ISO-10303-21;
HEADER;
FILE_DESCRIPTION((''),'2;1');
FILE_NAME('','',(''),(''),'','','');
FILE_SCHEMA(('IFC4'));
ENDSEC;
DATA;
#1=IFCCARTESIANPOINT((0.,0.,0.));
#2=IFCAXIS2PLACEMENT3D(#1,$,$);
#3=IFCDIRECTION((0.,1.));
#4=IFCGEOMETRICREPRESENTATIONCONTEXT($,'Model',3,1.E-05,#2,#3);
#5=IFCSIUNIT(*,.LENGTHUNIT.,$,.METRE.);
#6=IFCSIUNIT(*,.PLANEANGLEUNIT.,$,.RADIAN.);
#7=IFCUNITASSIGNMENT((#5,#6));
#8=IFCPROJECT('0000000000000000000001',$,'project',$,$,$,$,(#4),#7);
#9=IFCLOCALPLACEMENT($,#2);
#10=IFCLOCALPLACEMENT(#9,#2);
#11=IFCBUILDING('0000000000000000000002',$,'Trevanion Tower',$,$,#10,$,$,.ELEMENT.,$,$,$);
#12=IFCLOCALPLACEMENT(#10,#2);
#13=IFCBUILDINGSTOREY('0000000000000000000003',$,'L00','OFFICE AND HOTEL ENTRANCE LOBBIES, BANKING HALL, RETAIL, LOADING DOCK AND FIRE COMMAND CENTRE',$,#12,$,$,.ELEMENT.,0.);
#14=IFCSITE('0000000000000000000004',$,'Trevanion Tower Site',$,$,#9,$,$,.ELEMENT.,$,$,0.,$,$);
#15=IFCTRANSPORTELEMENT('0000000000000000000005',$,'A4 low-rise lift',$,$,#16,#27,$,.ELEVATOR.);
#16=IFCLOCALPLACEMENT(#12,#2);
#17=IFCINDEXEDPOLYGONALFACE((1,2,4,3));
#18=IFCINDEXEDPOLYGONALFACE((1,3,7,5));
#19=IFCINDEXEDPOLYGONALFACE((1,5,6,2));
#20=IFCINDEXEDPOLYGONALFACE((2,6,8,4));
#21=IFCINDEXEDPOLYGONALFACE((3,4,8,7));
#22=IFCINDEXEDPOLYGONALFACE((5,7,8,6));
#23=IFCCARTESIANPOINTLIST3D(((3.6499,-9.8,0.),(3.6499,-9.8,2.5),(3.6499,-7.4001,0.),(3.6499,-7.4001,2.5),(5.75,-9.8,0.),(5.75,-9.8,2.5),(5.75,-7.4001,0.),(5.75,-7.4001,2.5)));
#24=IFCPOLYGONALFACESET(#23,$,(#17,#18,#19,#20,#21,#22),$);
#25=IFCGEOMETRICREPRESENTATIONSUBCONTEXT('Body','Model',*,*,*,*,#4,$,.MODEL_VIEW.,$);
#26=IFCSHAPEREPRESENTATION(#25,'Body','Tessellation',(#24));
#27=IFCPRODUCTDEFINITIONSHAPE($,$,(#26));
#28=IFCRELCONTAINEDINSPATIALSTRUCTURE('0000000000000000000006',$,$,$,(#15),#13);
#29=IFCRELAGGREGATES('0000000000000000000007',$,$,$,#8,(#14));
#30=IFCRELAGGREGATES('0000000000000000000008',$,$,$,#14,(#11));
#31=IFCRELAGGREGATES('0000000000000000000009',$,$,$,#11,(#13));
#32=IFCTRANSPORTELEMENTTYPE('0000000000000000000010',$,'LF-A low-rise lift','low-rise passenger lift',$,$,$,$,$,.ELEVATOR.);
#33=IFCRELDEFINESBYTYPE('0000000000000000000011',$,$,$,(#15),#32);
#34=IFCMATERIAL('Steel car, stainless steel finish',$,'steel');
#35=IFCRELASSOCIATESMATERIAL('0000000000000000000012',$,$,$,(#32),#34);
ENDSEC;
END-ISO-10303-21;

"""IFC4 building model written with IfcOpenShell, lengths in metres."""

from ifc_helpers import new_model, si_unit, direction, frame, origin, origin_2d, place, context, subcontext, project, spatial, rectangle, extrude, material, type_object, element, save


model = new_model("IFC4")

# Units and contexts
model_context = context("Model", 3, precision=1e-05, world=origin(), true_north=direction((0.0, 1.0)))
body_context = subcontext(model_context, "Body", "Model", "MODEL_VIEW")
ifc_project = project(units=[si_unit("LENGTHUNIT", "METRE"), si_unit("PLANEANGLEUNIT", "RADIAN")], contexts=[model_context])

# Site, building, storey
site_placement = place(None, origin())
site = spatial("IfcSite", under=ifc_project, at=site_placement, Name="Trevanion Tower Site", CompositionType="ELEMENT", RefElevation=0.0)
building_placement = place(site_placement, origin())
building = spatial("IfcBuilding", under=site, at=building_placement, Name="Trevanion Tower", CompositionType="ELEMENT")
storey_placement = place(building_placement, origin())
storey = spatial("IfcBuildingStorey", under=building, at=storey_placement, Name="L00", Description="OFFICE AND HOTEL ENTRANCE LOBBIES, BANKING HALL, RETAIL, LOADING DOCK AND FIRE COMMAND CENTRE", CompositionType="ELEMENT", Elevation=0.0)

# Transport element
ifc_material_1 = material(Name="Steel car, stainless steel finish", Category="steel")
transport_element_type = type_object("IfcTransportElementType", Name="LF-A low-rise lift", Description="low-rise passenger lift", PredefinedType="ELEVATOR", material=ifc_material_1)
for number, where, z_axis, x_axis, name in (
    (1, (4.7, -8.6001, 0.0), (0.0, 0.0, 1.0), (1.0, 0.0, 0.0), "A4 low-rise lift"),
):
    element("IfcTransportElement", number, at=place(storey_placement, frame(where, z_axis=z_axis, x_axis=x_axis)), inside=storey, type_object=transport_element_type, Name=name, PredefinedType="ELEVATOR", context=body_context, shape_type="SweptSolid", body=[
        extrude(rectangle(XDim=2.1001, YDim=2.3999, at=origin_2d()), origin(), (0.0, 0.0, 1.0), 2.5),
    ])

save(model, "model.ifc")
